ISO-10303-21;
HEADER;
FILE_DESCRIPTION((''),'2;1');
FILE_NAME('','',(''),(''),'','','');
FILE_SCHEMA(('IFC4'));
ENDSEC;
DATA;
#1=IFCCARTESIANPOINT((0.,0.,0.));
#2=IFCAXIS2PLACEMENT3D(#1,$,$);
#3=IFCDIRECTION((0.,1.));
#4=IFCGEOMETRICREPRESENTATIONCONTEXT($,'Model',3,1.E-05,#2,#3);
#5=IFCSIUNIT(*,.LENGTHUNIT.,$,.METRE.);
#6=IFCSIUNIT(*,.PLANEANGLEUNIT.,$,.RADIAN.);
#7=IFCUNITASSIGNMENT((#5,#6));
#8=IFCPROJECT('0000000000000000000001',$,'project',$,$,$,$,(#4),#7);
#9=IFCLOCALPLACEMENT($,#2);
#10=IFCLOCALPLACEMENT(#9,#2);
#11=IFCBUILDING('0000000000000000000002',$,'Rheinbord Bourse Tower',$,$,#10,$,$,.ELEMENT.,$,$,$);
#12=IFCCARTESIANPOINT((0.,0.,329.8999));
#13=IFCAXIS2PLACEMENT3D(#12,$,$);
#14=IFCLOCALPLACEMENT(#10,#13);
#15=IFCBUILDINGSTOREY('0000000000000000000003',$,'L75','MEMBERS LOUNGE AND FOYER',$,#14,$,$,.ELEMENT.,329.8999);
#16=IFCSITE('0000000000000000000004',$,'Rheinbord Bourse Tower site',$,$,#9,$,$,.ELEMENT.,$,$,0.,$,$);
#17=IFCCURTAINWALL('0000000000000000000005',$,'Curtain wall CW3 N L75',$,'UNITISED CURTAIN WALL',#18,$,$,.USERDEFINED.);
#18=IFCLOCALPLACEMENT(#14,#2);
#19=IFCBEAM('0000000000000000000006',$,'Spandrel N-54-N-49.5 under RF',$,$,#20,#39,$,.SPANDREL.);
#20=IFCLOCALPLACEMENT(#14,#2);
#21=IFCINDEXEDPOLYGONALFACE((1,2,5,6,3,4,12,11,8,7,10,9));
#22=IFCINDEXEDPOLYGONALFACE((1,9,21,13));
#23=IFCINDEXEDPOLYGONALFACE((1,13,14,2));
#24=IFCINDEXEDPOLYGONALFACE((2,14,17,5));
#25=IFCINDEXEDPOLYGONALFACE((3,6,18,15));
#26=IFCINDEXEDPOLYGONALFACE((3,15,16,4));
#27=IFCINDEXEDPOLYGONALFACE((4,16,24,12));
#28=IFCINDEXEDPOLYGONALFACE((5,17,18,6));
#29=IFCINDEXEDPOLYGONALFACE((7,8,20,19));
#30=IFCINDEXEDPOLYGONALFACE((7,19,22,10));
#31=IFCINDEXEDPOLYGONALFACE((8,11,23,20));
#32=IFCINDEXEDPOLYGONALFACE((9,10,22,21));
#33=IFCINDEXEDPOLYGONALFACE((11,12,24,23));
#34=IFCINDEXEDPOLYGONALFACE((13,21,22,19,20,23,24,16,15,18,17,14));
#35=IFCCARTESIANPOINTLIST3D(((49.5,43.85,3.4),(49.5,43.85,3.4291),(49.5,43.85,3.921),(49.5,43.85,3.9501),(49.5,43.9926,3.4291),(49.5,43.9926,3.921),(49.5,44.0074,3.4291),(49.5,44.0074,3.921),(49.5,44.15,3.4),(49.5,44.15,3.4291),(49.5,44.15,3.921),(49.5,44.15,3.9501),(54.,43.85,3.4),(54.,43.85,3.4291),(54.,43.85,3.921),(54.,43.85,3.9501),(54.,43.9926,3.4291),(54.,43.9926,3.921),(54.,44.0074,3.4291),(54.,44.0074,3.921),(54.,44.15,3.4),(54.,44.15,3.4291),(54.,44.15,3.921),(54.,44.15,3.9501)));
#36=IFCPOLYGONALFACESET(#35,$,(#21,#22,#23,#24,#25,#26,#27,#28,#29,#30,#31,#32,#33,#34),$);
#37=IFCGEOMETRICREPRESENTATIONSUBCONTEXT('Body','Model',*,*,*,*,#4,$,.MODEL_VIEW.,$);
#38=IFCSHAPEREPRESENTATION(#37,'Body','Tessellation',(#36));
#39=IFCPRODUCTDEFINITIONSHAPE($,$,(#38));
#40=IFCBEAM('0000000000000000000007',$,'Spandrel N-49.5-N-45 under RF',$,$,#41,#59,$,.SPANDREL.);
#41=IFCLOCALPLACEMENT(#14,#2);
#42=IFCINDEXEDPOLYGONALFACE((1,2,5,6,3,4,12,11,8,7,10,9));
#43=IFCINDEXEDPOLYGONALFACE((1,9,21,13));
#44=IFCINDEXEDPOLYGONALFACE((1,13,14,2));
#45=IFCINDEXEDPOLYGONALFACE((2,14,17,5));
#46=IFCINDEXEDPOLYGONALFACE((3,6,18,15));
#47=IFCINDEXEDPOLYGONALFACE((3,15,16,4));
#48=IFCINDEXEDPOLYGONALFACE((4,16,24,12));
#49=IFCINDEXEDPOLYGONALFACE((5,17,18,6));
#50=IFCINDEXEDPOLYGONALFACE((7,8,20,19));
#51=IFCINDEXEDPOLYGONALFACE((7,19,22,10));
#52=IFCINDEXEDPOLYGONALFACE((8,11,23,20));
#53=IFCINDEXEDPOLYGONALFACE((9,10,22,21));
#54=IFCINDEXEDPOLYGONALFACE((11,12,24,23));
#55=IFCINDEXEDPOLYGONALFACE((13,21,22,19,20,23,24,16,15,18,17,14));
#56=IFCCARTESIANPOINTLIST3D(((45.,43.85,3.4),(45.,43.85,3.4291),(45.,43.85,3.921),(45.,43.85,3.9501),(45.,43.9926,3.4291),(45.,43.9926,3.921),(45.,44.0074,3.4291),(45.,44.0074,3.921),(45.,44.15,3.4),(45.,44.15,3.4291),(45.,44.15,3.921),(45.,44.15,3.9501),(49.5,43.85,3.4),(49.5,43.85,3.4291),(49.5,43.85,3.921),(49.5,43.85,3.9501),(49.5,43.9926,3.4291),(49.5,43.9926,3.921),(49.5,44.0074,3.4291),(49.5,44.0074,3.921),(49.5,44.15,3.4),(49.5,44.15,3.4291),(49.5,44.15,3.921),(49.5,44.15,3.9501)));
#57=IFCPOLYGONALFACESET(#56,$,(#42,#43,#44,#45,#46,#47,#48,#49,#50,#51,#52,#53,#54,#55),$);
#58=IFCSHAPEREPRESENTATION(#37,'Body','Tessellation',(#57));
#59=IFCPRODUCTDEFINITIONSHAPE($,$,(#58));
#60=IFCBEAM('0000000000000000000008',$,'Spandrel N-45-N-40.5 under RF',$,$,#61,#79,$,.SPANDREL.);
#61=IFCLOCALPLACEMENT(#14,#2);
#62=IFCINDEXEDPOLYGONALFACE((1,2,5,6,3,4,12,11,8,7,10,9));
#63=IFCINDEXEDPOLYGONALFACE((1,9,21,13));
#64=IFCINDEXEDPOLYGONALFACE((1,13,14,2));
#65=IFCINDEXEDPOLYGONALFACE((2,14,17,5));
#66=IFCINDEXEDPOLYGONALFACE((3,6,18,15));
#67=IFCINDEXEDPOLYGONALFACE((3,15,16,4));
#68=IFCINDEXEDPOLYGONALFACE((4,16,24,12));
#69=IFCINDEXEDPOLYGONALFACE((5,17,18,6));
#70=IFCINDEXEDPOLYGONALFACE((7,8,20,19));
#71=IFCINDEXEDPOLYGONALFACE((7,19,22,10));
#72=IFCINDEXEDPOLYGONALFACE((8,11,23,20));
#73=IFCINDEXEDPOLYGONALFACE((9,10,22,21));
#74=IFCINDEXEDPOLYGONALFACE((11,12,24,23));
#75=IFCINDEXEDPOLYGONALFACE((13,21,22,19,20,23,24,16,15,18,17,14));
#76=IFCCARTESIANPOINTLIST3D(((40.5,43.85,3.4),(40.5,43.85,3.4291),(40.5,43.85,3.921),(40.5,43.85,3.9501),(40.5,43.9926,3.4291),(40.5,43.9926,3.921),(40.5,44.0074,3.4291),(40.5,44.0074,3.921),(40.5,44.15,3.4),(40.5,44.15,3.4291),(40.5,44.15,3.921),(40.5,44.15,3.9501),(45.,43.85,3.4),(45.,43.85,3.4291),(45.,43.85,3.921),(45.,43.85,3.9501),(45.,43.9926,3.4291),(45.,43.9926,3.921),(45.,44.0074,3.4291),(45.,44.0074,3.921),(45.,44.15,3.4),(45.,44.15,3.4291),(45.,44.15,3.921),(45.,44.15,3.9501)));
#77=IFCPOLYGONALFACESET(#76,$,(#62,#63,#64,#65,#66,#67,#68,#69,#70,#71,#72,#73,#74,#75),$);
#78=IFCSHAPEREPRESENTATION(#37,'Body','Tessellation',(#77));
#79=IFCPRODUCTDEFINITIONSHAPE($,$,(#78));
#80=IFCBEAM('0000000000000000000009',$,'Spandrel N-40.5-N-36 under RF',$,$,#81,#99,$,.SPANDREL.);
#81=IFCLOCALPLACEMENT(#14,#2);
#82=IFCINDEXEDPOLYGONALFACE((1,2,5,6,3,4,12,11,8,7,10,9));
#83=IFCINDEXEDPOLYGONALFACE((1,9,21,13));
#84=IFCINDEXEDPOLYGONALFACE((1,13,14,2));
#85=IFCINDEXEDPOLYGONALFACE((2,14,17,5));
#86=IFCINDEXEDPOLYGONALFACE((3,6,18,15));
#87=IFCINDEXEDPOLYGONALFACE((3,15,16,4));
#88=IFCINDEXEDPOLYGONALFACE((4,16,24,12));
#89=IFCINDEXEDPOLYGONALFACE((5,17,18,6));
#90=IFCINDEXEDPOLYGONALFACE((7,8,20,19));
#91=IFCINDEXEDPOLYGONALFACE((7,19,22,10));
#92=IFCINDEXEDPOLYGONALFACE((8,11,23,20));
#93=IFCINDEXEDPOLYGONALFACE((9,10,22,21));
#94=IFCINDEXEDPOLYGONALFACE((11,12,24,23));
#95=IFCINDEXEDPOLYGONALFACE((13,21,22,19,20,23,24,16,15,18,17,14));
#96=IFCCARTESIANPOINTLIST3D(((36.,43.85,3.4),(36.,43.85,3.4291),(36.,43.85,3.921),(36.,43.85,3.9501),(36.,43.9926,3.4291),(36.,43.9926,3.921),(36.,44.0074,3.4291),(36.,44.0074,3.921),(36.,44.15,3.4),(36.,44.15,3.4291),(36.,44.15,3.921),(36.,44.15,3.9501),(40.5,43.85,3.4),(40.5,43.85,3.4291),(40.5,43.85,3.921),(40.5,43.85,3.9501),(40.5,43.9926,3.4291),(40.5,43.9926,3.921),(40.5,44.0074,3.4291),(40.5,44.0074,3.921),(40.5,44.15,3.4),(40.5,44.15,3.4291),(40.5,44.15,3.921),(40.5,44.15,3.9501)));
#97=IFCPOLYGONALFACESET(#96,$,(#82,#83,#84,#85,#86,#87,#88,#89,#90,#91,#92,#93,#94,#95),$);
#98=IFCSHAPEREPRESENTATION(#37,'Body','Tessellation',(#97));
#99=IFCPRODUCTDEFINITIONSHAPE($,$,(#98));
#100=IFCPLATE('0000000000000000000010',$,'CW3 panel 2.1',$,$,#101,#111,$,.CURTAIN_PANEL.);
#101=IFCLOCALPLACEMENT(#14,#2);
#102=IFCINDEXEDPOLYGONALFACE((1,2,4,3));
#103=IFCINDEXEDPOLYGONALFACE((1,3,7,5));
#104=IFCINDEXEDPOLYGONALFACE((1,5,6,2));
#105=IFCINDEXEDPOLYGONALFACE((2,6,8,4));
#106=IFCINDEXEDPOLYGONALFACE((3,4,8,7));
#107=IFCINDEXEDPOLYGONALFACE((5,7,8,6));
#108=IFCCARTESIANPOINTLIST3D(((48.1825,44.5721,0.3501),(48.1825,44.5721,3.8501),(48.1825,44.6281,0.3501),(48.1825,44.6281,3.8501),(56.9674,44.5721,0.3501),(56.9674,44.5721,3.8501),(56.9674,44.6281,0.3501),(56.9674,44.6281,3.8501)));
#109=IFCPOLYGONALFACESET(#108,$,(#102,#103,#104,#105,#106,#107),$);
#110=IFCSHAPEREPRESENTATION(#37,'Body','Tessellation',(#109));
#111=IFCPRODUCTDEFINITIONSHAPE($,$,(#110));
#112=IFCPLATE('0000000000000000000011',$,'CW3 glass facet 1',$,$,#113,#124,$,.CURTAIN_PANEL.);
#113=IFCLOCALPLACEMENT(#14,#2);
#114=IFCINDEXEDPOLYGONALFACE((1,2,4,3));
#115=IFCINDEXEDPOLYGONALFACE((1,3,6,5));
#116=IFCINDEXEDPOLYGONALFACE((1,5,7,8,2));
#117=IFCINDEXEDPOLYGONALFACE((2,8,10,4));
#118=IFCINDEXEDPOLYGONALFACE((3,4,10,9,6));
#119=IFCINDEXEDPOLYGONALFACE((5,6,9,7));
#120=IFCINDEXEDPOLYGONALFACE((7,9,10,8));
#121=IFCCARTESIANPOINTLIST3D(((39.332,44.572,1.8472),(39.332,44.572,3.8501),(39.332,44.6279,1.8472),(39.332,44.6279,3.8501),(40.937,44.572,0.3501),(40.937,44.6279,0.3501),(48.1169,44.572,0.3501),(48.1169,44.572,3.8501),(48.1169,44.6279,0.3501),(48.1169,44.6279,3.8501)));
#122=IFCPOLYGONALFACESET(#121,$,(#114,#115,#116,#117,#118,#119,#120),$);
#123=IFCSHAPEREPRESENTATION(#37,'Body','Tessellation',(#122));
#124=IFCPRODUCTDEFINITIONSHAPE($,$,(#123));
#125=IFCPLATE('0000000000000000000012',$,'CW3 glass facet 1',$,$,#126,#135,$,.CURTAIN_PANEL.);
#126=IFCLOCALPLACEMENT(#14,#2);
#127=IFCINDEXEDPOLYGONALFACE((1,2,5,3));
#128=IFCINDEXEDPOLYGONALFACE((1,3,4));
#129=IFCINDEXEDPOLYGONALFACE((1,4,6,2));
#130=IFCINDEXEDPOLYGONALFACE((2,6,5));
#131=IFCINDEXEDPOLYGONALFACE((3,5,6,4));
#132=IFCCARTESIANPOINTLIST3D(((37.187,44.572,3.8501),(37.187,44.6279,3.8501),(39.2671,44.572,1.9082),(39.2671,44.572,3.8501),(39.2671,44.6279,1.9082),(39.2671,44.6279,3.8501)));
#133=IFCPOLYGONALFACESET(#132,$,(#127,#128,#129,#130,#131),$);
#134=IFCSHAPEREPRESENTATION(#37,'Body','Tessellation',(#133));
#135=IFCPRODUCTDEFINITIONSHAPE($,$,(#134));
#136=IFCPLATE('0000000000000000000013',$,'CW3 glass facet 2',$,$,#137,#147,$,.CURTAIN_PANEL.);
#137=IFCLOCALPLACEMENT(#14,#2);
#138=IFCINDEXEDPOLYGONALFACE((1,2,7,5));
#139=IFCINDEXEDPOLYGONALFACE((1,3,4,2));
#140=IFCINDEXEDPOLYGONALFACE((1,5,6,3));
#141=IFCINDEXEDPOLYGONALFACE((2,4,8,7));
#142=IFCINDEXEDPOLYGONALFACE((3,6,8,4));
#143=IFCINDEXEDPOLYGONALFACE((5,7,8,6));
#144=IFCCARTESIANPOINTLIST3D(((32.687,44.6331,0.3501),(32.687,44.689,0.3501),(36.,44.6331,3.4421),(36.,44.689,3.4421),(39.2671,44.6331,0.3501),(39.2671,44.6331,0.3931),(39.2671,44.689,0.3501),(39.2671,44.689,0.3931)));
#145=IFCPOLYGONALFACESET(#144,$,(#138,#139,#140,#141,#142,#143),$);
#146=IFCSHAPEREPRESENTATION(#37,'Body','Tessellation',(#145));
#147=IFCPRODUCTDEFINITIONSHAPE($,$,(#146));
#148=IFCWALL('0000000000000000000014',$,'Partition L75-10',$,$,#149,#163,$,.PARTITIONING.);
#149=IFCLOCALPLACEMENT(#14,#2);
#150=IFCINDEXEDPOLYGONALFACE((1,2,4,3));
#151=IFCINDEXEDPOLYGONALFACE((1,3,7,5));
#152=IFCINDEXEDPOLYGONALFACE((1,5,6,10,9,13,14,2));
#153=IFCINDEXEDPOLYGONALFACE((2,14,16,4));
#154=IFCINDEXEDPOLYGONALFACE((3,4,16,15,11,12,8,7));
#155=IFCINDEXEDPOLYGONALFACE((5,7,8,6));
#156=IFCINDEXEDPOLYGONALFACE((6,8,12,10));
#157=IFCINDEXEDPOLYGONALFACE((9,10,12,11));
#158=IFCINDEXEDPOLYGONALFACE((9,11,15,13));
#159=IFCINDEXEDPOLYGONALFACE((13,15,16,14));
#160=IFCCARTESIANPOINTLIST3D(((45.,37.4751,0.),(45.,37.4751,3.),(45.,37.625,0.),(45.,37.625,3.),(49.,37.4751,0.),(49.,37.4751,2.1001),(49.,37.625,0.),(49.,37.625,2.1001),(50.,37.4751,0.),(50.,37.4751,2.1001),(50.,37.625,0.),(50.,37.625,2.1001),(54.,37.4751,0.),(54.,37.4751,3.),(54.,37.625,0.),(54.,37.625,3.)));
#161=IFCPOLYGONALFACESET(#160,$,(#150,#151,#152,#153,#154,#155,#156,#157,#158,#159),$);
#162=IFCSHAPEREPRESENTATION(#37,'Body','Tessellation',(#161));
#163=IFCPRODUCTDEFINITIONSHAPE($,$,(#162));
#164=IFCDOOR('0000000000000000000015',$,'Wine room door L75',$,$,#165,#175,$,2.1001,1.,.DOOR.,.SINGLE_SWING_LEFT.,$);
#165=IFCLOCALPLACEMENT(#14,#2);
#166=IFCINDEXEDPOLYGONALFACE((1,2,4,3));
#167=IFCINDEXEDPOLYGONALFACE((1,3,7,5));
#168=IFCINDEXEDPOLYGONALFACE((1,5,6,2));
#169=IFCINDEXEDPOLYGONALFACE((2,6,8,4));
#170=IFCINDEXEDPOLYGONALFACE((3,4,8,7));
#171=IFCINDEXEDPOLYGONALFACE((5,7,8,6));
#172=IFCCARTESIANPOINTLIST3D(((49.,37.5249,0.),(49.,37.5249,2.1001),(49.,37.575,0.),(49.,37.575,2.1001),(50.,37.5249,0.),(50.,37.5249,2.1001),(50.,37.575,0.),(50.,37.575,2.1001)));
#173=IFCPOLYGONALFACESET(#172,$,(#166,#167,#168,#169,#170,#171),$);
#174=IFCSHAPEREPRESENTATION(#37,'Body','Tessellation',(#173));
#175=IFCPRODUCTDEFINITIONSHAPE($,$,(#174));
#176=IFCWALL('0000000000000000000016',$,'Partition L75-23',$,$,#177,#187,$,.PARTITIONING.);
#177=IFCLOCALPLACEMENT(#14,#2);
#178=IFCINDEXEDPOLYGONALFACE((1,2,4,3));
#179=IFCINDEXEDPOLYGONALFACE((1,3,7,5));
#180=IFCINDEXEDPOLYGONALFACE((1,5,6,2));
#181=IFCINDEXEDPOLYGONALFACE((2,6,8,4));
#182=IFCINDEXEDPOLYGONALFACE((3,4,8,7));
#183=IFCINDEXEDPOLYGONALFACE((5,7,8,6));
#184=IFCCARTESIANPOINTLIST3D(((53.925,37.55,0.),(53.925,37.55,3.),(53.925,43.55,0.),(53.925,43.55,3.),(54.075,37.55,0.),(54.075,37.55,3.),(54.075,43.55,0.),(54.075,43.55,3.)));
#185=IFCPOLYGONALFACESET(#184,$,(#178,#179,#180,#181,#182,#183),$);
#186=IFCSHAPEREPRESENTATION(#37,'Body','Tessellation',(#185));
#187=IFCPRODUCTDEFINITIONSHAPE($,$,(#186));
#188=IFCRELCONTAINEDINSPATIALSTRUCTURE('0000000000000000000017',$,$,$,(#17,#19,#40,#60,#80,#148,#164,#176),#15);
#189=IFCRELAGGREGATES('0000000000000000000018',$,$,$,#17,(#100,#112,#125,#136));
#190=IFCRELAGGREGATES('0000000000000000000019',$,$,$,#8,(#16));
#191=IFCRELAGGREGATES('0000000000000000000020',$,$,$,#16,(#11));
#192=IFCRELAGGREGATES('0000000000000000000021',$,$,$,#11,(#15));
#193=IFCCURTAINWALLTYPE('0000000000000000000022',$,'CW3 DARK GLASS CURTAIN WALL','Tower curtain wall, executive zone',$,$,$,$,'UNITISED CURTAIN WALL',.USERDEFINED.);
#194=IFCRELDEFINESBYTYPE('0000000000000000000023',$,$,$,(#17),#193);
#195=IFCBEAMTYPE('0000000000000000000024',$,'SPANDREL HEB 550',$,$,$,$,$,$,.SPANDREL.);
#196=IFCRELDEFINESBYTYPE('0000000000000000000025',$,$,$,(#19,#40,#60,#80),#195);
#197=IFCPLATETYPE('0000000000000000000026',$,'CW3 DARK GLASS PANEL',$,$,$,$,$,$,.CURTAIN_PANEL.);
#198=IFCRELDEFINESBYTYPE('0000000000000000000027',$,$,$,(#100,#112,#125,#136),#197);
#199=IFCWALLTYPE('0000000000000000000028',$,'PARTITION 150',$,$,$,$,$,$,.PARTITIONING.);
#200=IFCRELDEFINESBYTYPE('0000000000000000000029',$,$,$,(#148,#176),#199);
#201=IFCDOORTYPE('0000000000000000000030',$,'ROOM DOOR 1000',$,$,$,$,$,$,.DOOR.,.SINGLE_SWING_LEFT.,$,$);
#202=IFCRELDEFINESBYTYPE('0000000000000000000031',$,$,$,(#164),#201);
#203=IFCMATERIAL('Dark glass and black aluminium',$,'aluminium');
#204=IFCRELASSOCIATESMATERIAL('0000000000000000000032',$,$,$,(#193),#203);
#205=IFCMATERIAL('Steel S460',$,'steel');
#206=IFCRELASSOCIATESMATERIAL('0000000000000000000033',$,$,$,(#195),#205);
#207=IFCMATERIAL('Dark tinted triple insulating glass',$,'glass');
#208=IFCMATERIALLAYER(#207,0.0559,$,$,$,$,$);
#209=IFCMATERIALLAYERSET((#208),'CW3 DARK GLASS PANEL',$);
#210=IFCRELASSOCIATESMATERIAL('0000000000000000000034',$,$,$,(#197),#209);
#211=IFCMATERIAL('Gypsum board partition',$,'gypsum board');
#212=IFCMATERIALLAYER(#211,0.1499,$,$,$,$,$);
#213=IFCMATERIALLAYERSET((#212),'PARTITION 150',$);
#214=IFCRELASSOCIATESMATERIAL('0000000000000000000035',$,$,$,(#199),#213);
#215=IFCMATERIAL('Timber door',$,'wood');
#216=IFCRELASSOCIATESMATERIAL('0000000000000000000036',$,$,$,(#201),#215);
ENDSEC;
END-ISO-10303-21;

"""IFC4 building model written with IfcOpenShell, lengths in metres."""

from ifc_helpers import new_model, si_unit, direction, frame, frame_2d, origin, origin_2d, place, context, subcontext, project, spatial, polyline, rectangle, i_section, outline, extrude, material, layer, layer_set, material_profile, profile_set, type_object, element, fill, aggregate, save


model = new_model("IFC4")

# Units and contexts
model_context = context("Model", 3, precision=1e-05, world=origin(), true_north=direction((0.0, 1.0)))
body_context = subcontext(model_context, "Body", "Model", "MODEL_VIEW")
ifc_project = project(units=[si_unit("LENGTHUNIT", "METRE"), si_unit("PLANEANGLEUNIT", "RADIAN")], contexts=[model_context])

# Site, building, storey
site_placement = place(None, origin())
site = spatial("IfcSite", under=ifc_project, at=site_placement, Name="Rheinbord Bourse Tower site", CompositionType="ELEMENT", RefElevation=0.0)
building_placement = place(site_placement, origin())
building = spatial("IfcBuilding", under=site, at=building_placement, Name="Rheinbord Bourse Tower", CompositionType="ELEMENT")
storey_placement = place(building_placement, frame((0.0, 0.0, 329.8999)))
storey = spatial("IfcBuildingStorey", under=building, at=storey_placement, Name="L75", Description="MEMBERS LOUNGE AND FOYER", CompositionType="ELEMENT", Elevation=329.8999)

# Curtain wall
ifc_material_1 = material(Name="Dark glass and black aluminium", Category="aluminium")
curtain_wall_type = type_object("IfcCurtainWallType", Name="CW3 DARK GLASS CURTAIN WALL", Description="Tower curtain wall, executive zone", ElementType="UNITISED CURTAIN WALL", PredefinedType="USERDEFINED", material=ifc_material_1)
curtain_wall_placement = place(storey_placement, origin())
curtain_wall = element("IfcCurtainWall", 1, at=curtain_wall_placement, inside=storey, type_object=curtain_wall_type, Name="Curtain wall CW3 N L75", ObjectType="UNITISED CURTAIN WALL", PredefinedType="USERDEFINED")

# Beams
ifc_material_2 = material(Name="Steel S460", Category="steel")
ifc_material_profile_1 = material_profile(ifc_material_2, i_section(OverallWidth=0.3, OverallDepth=0.55, WebThickness=0.0149, FlangeThickness=0.0291, at=origin_2d()), Name="HEB 550")
ifc_profile_set_1 = profile_set([ifc_material_profile_1], Name="Steel S460")
beam_type_1 = type_object("IfcBeamType", Name="SPANDREL HEB 550", PredefinedType="SPANDREL", material=ifc_profile_set_1)
for number, where, z_axis, x_axis, name in (
    (2, (54.0, 44.0, 3.675), (-1.0, 0.0, 0.0), (0.0, -1.0, 0.0), "Spandrel N-54-N-49.5 under RF"),
    (3, (49.5, 44.0, 3.675), (-1.0, 0.0, 0.0), (0.0, -1.0, 0.0), "Spandrel N-49.5-N-45 under RF"),
    (4, (45.0, 44.0, 3.675), (-1.0, 0.0, 0.0), (0.0, -1.0, 0.0), "Spandrel N-45-N-40.5 under RF"),
    (5, (40.5, 44.0, 3.675), (-1.0, 0.0, 0.0), (0.0, -1.0, 0.0), "Spandrel N-40.5-N-36 under RF"),
):
    element("IfcBeam", number, at=place(storey_placement, frame(where, z_axis=z_axis, x_axis=x_axis)), inside=storey, type_object=beam_type_1, Name=name, PredefinedType="SPANDREL", context=body_context, shape_type="SweptSolid", body=[
        extrude(i_section(OverallWidth=0.3, OverallDepth=0.55, WebThickness=0.0149, FlangeThickness=0.0291, at=origin_2d()), origin(), (0.0, 0.0, 1.0), 4.5),
    ])

# Plates
ifc_material_3 = material(Name="Dark tinted triple insulating glass", Category="glass")
ifc_layer_1 = layer(ifc_material_3, 0.0559)
ifc_layer_set_1 = layer_set([ifc_layer_1], Name="CW3 DARK GLASS PANEL")
plate_type = type_object("IfcPlateType", Name="CW3 DARK GLASS PANEL", PredefinedType="CURTAIN_PANEL", material=ifc_layer_set_1)
plate_1_placement = place(storey_placement, frame((52.575, 44.6001, 0.3501), z_axis=(0.0, 0.0, 1.0), x_axis=(-1.0, 0.0, 0.0)))
plate_1 = element("IfcPlate", 6, at=plate_1_placement, type_object=plate_type, Name="CW3 panel 2.1", PredefinedType="CURTAIN_PANEL", context=body_context, shape_type="SweptSolid", body=[
    extrude(rectangle(XDim=8.7849, YDim=0.0559, at=origin_2d()), origin(), (0.0, 0.0, 1.0), 3.5),
])
plate_2_placement = place(storey_placement, frame((48.1169, 44.6279, 0.3501), z_axis=(0.0, -1.0, 0.0), x_axis=(0.0, 0.0, 1.0)))
plate_2 = element("IfcPlate", 7, at=plate_2_placement, type_object=plate_type, Name="CW3 glass facet 1", PredefinedType="CURTAIN_PANEL", context=body_context, shape_type="SweptSolid", body=[
    extrude(outline(polyline([(0.0, 0.0), (3.5, 0.0), (3.5, 8.7849), (1.4971, 8.7849), (0.0, 7.1799), (0.0, 0.0)])), origin(), (0.0, 0.0, 1.0), 0.0559),
])
plate_3_placement = place(storey_placement, frame((39.2671, 44.6279, 3.8501), z_axis=(0.0, -1.0, 0.0), x_axis=(-1.0, 0.0, 0.0)))
plate_3 = element("IfcPlate", 8, at=plate_3_placement, type_object=plate_type, Name="CW3 glass facet 1", PredefinedType="CURTAIN_PANEL", context=body_context, shape_type="SweptSolid", body=[
    extrude(outline(polyline([(0.0, 0.0), (2.0801, 0.0), (0.0, 1.9419), (0.0, 0.0)])), origin(), (0.0, 0.0, 1.0), 0.0559),
])
plate_4_placement = place(storey_placement, frame((39.2671, 44.689, 0.3501), z_axis=(0.0, -1.0, 0.0), x_axis=(0.0, 0.0, 1.0)))
plate_4 = element("IfcPlate", 9, at=plate_4_placement, type_object=plate_type, Name="CW3 glass facet 2", PredefinedType="CURTAIN_PANEL", context=body_context, shape_type="SweptSolid", body=[
    extrude(outline(polyline([(0.0, 0.0), (0.043, 0.0), (3.092, 3.2671), (0.0, 6.5801), (0.0, 0.0)])), origin(), (0.0, 0.0, 1.0), 0.0559),
])
aggregate(curtain_wall, [plate_1, plate_2, plate_3, plate_4])

# Wall, opening, door
ifc_material_4 = material(Name="Gypsum board partition", Category="gypsum board")
ifc_layer_2 = layer(ifc_material_4, 0.1499)
ifc_layer_set_2 = layer_set([ifc_layer_2], Name="PARTITION 150")
wall_type = type_object("IfcWallType", Name="PARTITION 150", PredefinedType="PARTITIONING", material=ifc_layer_set_2)
wall_1_placement = place(storey_placement, frame((45.0, 37.55, 0.0), z_axis=(0.0, 0.0, 1.0), x_axis=(1.0, 0.0, 0.0)))
wall_1 = element("IfcWall", 10, at=wall_1_placement, inside=storey, type_object=wall_type, Name="Partition L75-10", PredefinedType="PARTITIONING", context=body_context, shape_type="SweptSolid", body=[
    extrude(rectangle(XDim=9.0, YDim=0.1499, at=frame_2d((4.5, 0.0))), origin(), (0.0, 0.0, 1.0), 3.0),
])
opening_placement = place(wall_1_placement, frame((4.0, 0.0, 0.0)))
opening = element("IfcOpeningElement", 11, at=opening_placement, cuts=wall_1, PredefinedType="OPENING", context=body_context, shape_type="SweptSolid", body=[
    extrude(rectangle(XDim=1.0, YDim=2.1001, at=frame_2d((0.5, 1.05))), frame((0.0, 0.085, 0.0), z_axis=(0.0, -1.0, 0.0), x_axis=(1.0, 0.0, 0.0)), (0.0, 0.0, 1.0), 0.1699),
])
ifc_material_5 = material(Name="Timber door", Category="wood")
door_type = type_object("IfcDoorType", Name="ROOM DOOR 1000", OperationType="SINGLE_SWING_LEFT", PredefinedType="DOOR", material=ifc_material_5)
door_placement = place(opening_placement, origin())
door = element("IfcDoor", 12, at=door_placement, inside=storey, type_object=door_type, Name="Wine room door L75", OperationType="SINGLE_SWING_LEFT", OverallHeight=2.1001, OverallWidth=1.0, PredefinedType="DOOR", context=body_context, shape_type="SweptSolid", body=[
    extrude(rectangle(XDim=1.0, YDim=2.1001, at=frame_2d((0.5, 1.05))), frame((0.0, 0.0249, 0.0), z_axis=(0.0, -1.0, 0.0), x_axis=(1.0, 0.0, 0.0)), (0.0, 0.0, 1.0), 0.05),
])
fill(opening, door)

# Wall
wall_2_placement = place(storey_placement, frame((54.0, 37.55, 0.0), z_axis=(0.0, 0.0, 1.0), x_axis=(0.0, 1.0, 0.0)))
element("IfcWall", 13, at=wall_2_placement, inside=storey, type_object=wall_type, Name="Partition L75-23", PredefinedType="PARTITIONING", context=body_context, shape_type="SweptSolid", body=[
    extrude(rectangle(XDim=6.0, YDim=0.1499, at=frame_2d((3.0, 0.0))), origin(), (0.0, 0.0, 1.0), 3.0),
])

save(model, "model.ifc")
